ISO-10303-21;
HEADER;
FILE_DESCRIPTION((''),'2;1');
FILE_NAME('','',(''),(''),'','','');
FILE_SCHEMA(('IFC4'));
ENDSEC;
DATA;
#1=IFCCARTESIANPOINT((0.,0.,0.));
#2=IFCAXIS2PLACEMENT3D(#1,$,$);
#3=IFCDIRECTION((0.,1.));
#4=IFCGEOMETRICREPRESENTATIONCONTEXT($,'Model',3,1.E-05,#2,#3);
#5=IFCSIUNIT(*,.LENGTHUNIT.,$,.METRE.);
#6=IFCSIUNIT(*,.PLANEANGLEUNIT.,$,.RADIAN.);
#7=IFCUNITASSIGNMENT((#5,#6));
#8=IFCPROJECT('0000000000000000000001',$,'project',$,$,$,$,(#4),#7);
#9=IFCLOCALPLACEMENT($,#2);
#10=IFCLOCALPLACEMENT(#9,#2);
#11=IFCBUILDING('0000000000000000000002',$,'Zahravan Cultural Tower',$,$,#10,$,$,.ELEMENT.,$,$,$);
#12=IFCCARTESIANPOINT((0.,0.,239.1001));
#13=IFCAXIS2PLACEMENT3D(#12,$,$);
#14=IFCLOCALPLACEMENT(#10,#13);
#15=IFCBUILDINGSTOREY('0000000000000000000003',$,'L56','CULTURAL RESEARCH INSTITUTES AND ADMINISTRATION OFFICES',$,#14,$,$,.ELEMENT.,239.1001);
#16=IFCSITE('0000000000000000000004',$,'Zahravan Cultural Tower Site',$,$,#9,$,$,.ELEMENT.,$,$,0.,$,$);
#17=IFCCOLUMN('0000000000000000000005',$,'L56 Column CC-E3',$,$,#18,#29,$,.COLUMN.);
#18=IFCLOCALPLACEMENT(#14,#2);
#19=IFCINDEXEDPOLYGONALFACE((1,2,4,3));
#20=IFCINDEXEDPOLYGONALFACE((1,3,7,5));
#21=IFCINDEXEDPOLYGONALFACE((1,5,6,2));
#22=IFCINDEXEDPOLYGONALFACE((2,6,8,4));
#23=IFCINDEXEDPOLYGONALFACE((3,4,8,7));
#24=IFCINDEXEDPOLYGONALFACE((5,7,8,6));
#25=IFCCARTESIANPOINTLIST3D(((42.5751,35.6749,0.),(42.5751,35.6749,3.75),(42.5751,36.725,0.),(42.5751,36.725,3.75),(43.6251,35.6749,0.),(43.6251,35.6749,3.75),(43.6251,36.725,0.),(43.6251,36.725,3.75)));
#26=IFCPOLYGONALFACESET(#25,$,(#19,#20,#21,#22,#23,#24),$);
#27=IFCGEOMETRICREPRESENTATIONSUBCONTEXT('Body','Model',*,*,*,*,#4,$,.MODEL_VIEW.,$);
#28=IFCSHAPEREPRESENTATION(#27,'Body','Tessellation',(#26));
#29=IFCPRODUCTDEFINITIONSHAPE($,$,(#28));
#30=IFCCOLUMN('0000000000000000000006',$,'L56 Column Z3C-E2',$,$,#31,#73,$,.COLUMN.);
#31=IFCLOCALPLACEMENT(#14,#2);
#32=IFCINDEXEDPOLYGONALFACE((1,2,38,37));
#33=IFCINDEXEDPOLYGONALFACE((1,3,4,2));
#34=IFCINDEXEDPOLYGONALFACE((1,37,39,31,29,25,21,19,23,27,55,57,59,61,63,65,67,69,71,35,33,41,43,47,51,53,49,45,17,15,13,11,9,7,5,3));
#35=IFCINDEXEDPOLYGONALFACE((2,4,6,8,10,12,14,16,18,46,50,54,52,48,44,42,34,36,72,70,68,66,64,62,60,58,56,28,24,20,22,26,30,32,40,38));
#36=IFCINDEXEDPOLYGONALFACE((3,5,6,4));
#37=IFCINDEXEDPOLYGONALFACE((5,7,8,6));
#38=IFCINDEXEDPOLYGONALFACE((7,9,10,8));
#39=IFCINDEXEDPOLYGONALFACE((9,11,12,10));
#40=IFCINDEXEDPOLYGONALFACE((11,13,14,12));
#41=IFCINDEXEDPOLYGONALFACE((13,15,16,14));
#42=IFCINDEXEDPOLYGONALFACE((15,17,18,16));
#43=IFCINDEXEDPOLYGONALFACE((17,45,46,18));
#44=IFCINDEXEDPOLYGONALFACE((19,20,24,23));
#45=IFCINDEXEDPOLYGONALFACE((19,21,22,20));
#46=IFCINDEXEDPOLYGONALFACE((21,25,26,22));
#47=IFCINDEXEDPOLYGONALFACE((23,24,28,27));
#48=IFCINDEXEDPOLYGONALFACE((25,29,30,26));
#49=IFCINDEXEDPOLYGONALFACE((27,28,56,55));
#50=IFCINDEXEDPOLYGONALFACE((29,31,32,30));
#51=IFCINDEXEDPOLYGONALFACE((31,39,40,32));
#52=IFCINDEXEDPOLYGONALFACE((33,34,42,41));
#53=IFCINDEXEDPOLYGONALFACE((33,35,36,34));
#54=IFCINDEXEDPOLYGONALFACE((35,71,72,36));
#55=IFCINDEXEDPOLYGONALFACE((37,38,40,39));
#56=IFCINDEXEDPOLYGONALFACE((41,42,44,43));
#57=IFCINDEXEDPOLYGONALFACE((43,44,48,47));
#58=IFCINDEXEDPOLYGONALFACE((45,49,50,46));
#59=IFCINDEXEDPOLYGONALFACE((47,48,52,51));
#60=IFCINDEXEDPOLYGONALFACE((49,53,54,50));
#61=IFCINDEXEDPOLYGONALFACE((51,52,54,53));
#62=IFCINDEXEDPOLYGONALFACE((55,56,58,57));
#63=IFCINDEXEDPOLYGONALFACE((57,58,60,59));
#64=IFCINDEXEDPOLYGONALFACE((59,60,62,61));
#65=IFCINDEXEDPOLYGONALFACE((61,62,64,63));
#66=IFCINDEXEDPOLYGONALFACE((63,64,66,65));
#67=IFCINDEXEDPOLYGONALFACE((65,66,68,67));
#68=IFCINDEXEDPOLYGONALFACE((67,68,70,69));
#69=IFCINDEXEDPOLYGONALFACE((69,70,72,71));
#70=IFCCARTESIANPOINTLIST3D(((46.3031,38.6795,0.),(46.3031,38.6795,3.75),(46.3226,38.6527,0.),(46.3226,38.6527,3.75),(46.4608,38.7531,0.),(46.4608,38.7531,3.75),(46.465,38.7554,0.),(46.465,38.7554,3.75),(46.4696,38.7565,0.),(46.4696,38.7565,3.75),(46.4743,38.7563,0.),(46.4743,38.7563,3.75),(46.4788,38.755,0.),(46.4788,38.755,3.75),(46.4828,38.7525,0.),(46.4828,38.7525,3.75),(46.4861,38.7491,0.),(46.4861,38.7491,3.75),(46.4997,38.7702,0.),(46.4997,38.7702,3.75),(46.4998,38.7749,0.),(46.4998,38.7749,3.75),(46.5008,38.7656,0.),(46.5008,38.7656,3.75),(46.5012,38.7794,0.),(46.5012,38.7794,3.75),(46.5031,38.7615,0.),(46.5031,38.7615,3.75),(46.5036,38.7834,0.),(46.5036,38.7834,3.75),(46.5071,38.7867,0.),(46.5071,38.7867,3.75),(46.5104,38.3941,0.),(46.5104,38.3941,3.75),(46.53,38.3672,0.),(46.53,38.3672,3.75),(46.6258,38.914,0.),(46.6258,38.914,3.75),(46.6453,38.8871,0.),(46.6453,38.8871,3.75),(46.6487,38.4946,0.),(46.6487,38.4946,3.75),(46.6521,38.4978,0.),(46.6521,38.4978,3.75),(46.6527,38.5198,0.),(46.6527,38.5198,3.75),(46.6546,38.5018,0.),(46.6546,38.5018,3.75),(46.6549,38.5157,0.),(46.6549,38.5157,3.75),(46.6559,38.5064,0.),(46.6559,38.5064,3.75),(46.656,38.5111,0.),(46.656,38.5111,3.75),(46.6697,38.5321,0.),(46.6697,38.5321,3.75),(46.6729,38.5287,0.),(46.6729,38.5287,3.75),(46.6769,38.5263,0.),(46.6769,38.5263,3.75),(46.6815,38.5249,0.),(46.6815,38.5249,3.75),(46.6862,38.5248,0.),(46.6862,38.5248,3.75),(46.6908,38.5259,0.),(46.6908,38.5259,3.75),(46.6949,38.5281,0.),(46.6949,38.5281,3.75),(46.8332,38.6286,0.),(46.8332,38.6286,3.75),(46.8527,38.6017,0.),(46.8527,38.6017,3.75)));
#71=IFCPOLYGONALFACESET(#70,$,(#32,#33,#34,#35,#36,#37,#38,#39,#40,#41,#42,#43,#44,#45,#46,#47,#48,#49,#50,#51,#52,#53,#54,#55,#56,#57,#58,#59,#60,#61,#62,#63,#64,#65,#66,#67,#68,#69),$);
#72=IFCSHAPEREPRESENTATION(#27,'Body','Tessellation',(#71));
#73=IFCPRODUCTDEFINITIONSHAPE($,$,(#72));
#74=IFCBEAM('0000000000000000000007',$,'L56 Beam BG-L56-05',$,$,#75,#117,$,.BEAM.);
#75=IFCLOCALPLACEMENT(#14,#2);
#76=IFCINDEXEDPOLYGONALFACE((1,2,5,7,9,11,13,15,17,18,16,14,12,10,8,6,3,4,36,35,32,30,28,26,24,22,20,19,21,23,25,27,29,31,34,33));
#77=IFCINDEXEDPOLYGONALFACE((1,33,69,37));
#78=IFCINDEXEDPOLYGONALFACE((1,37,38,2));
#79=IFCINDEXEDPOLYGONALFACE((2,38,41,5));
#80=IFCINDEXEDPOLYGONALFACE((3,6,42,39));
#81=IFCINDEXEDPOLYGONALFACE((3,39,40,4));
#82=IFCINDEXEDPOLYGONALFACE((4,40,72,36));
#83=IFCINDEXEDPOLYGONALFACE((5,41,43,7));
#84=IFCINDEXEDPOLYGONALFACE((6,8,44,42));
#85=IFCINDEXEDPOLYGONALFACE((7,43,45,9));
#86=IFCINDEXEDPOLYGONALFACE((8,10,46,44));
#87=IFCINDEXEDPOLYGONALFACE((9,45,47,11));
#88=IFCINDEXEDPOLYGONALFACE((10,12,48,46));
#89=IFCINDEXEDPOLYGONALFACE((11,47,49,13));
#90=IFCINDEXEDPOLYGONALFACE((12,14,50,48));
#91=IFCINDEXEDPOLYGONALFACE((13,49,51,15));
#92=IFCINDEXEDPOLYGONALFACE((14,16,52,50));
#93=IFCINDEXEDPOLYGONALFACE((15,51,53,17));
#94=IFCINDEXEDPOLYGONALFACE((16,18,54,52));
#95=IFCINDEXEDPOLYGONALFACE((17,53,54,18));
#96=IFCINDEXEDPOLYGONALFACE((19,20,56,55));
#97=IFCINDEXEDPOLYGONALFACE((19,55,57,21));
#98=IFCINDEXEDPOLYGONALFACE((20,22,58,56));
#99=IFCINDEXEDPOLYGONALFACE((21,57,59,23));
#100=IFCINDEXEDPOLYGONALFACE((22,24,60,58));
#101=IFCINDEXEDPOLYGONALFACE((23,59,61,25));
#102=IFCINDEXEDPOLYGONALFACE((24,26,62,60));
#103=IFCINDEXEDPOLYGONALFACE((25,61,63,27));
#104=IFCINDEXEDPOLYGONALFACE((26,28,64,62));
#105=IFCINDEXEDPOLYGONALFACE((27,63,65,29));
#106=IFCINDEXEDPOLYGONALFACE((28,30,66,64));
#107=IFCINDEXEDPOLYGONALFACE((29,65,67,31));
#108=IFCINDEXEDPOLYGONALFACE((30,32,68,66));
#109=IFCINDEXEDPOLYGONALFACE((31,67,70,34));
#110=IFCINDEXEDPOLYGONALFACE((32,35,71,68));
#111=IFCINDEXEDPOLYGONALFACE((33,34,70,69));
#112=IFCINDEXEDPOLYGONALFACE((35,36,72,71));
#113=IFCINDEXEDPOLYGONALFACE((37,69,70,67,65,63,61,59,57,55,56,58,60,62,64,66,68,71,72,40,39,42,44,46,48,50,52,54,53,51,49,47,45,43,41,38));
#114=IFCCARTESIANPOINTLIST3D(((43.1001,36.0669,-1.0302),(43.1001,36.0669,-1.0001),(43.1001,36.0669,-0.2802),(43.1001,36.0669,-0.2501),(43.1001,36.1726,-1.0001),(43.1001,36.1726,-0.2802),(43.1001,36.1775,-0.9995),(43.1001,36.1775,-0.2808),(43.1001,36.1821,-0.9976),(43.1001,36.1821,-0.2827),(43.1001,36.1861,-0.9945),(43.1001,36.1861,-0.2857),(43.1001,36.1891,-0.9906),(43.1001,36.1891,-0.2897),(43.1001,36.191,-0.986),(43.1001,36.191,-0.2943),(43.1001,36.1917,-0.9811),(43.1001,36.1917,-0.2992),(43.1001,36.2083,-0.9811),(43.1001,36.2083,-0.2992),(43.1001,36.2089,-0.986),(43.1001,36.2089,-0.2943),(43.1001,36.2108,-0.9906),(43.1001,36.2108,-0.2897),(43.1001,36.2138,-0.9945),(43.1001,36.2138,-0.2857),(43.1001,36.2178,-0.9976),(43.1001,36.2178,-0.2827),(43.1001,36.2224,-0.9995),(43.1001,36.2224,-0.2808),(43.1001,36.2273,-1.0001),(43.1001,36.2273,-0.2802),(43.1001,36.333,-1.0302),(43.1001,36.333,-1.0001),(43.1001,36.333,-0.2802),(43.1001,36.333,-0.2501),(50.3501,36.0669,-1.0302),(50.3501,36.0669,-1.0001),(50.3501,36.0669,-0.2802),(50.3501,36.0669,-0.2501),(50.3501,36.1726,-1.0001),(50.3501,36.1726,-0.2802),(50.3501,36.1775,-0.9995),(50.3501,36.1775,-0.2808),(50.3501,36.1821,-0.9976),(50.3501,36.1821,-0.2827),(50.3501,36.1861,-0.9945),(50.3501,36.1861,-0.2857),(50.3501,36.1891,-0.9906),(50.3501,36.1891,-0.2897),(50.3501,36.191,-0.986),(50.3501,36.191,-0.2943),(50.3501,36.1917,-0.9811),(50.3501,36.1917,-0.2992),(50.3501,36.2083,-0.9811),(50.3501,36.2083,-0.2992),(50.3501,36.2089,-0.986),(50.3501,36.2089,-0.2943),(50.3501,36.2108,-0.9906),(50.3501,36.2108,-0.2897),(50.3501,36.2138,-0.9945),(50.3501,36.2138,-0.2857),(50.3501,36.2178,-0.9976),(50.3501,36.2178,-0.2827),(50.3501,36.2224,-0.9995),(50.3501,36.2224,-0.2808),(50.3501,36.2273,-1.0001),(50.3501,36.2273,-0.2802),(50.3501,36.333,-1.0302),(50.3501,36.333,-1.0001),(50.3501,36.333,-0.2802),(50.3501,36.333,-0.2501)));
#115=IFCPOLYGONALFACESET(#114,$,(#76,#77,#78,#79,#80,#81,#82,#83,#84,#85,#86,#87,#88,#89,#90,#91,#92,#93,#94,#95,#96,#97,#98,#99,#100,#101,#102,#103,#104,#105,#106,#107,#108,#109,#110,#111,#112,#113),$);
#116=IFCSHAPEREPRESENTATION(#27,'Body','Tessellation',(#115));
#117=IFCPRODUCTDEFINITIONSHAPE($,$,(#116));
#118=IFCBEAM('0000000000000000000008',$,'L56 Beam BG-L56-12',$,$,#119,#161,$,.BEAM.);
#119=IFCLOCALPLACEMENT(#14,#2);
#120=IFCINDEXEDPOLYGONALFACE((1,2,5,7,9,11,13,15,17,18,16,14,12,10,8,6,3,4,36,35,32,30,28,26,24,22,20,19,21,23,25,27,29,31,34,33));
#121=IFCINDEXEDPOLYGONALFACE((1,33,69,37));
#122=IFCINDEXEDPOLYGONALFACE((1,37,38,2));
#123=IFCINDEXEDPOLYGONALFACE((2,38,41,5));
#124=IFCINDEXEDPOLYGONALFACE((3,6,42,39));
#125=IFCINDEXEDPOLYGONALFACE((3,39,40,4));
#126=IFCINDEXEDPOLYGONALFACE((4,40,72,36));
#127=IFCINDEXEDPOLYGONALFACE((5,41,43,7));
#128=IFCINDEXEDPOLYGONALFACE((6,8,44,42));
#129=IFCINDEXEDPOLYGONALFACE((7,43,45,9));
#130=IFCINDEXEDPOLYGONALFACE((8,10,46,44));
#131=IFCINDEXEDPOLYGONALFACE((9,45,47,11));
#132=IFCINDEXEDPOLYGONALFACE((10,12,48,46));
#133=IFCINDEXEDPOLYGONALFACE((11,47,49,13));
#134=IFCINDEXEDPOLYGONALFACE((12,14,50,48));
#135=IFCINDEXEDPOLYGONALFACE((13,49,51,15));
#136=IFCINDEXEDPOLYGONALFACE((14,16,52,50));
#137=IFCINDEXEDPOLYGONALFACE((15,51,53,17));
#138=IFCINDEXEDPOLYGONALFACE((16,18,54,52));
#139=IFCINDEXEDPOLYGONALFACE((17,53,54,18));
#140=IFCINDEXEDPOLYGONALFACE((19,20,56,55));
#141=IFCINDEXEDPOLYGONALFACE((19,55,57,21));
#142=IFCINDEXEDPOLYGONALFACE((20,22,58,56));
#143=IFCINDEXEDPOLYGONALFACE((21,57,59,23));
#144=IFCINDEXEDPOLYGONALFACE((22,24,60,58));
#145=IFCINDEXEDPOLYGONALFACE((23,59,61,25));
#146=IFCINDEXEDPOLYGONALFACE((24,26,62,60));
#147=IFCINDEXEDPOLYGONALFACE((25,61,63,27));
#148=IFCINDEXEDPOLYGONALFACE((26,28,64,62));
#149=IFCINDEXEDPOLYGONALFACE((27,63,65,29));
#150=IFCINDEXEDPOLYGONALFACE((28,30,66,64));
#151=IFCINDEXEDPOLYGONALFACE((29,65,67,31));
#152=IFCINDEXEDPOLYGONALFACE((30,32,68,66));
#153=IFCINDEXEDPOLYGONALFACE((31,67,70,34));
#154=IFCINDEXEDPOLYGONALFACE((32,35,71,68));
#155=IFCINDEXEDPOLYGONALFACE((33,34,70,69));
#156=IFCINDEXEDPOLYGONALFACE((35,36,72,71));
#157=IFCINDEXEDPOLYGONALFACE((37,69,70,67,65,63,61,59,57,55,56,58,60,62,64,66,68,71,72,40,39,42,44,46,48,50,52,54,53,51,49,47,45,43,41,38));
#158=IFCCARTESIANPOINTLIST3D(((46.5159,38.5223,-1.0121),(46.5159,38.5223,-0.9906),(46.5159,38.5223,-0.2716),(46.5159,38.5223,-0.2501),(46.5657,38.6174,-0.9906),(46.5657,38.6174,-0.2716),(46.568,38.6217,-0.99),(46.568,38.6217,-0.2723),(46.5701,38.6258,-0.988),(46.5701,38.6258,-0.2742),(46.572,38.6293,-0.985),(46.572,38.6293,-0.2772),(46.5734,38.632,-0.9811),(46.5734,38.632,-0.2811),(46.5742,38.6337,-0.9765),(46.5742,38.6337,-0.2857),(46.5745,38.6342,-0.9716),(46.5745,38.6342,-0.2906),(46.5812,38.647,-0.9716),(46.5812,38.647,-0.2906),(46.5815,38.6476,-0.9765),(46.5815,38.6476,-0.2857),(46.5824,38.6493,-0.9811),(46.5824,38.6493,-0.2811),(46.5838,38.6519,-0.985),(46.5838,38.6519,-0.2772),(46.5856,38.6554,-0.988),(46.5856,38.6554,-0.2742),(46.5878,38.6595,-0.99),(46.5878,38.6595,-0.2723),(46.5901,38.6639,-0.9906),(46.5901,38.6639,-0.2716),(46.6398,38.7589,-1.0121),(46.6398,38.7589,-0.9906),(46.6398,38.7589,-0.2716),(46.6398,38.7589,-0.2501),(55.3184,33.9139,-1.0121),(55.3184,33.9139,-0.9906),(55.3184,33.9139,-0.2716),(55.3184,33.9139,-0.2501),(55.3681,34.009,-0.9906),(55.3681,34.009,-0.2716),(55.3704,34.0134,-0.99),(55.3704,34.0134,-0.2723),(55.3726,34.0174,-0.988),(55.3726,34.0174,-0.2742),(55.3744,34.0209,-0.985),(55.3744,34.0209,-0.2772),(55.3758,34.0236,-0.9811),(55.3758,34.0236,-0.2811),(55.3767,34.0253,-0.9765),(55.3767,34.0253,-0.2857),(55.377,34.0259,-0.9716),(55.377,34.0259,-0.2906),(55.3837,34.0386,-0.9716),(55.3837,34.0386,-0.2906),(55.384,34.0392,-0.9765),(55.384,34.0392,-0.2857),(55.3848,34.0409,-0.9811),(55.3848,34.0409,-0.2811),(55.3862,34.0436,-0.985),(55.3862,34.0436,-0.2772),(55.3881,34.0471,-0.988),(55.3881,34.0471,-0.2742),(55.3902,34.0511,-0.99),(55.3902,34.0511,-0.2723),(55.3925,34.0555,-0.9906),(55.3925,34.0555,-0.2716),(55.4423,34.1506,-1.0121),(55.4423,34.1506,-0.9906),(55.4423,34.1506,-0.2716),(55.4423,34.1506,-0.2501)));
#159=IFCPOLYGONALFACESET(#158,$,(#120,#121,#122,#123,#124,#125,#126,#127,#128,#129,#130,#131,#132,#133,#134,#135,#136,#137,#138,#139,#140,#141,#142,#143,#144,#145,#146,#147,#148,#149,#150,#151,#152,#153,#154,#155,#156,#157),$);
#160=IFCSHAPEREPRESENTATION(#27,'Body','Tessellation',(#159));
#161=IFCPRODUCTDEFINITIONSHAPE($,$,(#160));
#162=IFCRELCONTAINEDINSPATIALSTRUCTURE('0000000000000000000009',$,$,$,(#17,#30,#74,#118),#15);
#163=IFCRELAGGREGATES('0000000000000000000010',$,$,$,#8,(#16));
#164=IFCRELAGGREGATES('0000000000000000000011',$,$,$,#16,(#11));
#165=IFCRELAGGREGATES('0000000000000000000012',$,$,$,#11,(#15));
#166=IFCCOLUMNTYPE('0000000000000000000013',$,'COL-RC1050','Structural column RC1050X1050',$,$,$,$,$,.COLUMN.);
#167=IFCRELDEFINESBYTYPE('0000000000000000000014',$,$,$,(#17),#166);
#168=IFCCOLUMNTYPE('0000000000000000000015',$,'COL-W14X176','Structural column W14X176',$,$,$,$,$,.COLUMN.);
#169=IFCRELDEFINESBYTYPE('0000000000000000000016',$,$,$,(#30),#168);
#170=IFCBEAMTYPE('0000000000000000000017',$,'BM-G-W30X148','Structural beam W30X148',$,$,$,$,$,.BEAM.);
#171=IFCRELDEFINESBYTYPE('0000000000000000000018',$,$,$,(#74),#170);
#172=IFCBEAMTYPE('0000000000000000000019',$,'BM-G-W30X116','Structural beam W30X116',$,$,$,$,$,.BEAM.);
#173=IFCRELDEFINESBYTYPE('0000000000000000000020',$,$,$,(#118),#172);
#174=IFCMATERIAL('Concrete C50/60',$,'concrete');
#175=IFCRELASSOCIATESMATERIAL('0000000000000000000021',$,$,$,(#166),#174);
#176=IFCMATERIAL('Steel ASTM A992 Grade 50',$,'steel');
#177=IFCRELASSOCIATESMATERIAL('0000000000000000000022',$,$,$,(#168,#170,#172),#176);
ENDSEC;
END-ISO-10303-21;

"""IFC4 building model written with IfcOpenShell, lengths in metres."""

from ifc_helpers import new_model, si_unit, direction, frame, origin, origin_2d, place, context, subcontext, project, spatial, rectangle, i_section, extrude, source, transform, mapped, material, material_profile, profile_set, type_object, element, save


model = new_model("IFC4")

# Units and contexts
model_context = context("Model", 3, precision=1e-05, world=origin(), true_north=direction((0.0, 1.0)))
body_context = subcontext(model_context, "Body", "Model", "MODEL_VIEW")
ifc_project = project(units=[si_unit("LENGTHUNIT", "METRE"), si_unit("PLANEANGLEUNIT", "RADIAN")], contexts=[model_context])

# Site, building, storey
site_placement = place(None, origin())
site = spatial("IfcSite", under=ifc_project, at=site_placement, Name="Zahravan Cultural Tower Site", CompositionType="ELEMENT", RefElevation=0.0)
building_placement = place(site_placement, origin())
building = spatial("IfcBuilding", under=site, at=building_placement, Name="Zahravan Cultural Tower", CompositionType="ELEMENT")
storey_placement = place(building_placement, frame((0.0, 0.0, 239.1001)))
storey = spatial("IfcBuildingStorey", under=building, at=storey_placement, Name="L56", Description="CULTURAL RESEARCH INSTITUTES AND ADMINISTRATION OFFICES", CompositionType="ELEMENT", Elevation=239.1001)

# Columns
ifc_material_1 = material(Name="Concrete C50/60", Category="concrete")
ifc_material_profile_1 = material_profile(ifc_material_1, rectangle(XDim=1.05, YDim=1.05, at=origin_2d()), Name="RC1050X1050")
ifc_profile_set_1 = profile_set([ifc_material_profile_1], Name="Concrete C50/60")
column_type_1 = type_object("IfcColumnType", Name="COL-RC1050", Description="Structural column RC1050X1050", PredefinedType="COLUMN", material=ifc_profile_set_1)
shared_shape_1 = source(origin(), body_context, "Body", "SweptSolid", [
    extrude(rectangle(XDim=1.05, YDim=1.05, at=origin_2d()), origin(), (0.0, 0.0, 1.0), 3.75),
])
column_1_placement = place(storey_placement, frame((43.1001, 36.2, 0.0), z_axis=(0.0, 0.0, 1.0), x_axis=(1.0, 0.0, 0.0)))
element("IfcColumn", 1, at=column_1_placement, inside=storey, type_object=column_type_1, Name="L56 Column CC-E3", PredefinedType="COLUMN", context=body_context, shape_type="MappedRepresentation", body=[
    mapped(shared_shape_1, transform((0.0, 0.0, 0.0), x_axis=(1.0, 0.0, 0.0), y_axis=(0.0, 1.0, 0.0), z_axis=(0.0, 0.0, 1.0), scale=1.0)),
])
ifc_material_2 = material(Name="Steel ASTM A992 Grade 50", Category="steel")
ifc_material_profile_2 = material_profile(ifc_material_2, i_section(OverallWidth=0.3989, OverallDepth=0.386, WebThickness=0.021, FlangeThickness=0.0332, FilletRadius=0.0181, at=origin_2d()), Name="W14X176")
ifc_profile_set_2 = profile_set([ifc_material_profile_2], Name="Steel ASTM A992 Grade 50")
column_type_2 = type_object("IfcColumnType", Name="COL-W14X176", Description="Structural column W14X176", PredefinedType="COLUMN", material=ifc_profile_set_2)
shared_shape_2 = source(origin(), body_context, "Body", "SweptSolid", [
    extrude(i_section(OverallWidth=0.3989, OverallDepth=0.386, WebThickness=0.021, FlangeThickness=0.0332, FilletRadius=0.0181, at=origin_2d()), origin(), (0.0, 0.0, 1.0), 3.75),
])
column_2_placement = place(storey_placement, frame((46.5779, 38.6406, 0.0), z_axis=(0.0, 0.0, 1.0), x_axis=(0.809017, 0.587785, 0.0)))
element("IfcColumn", 2, at=column_2_placement, inside=storey, type_object=column_type_2, Name="L56 Column Z3C-E2", PredefinedType="COLUMN", context=body_context, shape_type="MappedRepresentation", body=[
    mapped(shared_shape_2, transform((0.0, 0.0, 0.0), x_axis=(1.0, 0.0, 0.0), y_axis=(0.0, 1.0, 0.0), z_axis=(0.0, 0.0, 1.0), scale=1.0)),
])

# Beams
ifc_material_profile_3 = material_profile(ifc_material_2, i_section(OverallWidth=0.2661, OverallDepth=0.78, WebThickness=0.0166, FlangeThickness=0.03, FilletRadius=0.019, at=origin_2d()), Name="W30X148")
ifc_profile_set_3 = profile_set([ifc_material_profile_3], Name="Steel ASTM A992 Grade 50")
beam_type_1 = type_object("IfcBeamType", Name="BM-G-W30X148", Description="Structural beam W30X148", PredefinedType="BEAM", material=ifc_profile_set_3)
shared_shape_3 = source(origin(), body_context, "Body", "SweptSolid", [
    extrude(i_section(OverallWidth=0.2661, OverallDepth=0.78, WebThickness=0.0166, FlangeThickness=0.03, FilletRadius=0.019, at=origin_2d()), origin(), (0.0, 0.0, 1.0), 7.25),
])
beam_1_placement = place(storey_placement, frame((43.1001, 36.2, -0.6401), z_axis=(1.0, 0.0, 0.0), x_axis=(0.0, 1.0, 0.0)))
element("IfcBeam", 3, at=beam_1_placement, inside=storey, type_object=beam_type_1, Name="L56 Beam BG-L56-05", PredefinedType="BEAM", context=body_context, shape_type="MappedRepresentation", body=[
    mapped(shared_shape_3, transform((0.0, 0.0, 0.0), x_axis=(1.0, 0.0, 0.0), y_axis=(0.0, 1.0, 0.0), z_axis=(0.0, 0.0, 1.0), scale=1.0)),
])
ifc_material_profile_4 = material_profile(ifc_material_2, i_section(OverallWidth=0.2671, OverallDepth=0.762, WebThickness=0.0144, FlangeThickness=0.0215, FilletRadius=0.019, at=origin_2d()), Name="W30X116")
ifc_profile_set_4 = profile_set([ifc_material_profile_4], Name="Steel ASTM A992 Grade 50")
beam_type_2 = type_object("IfcBeamType", Name="BM-G-W30X116", Description="Structural beam W30X116", PredefinedType="BEAM", material=ifc_profile_set_4)
shared_shape_4 = source(origin(), body_context, "Body", "SweptSolid", [
    extrude(i_section(OverallWidth=0.2671, OverallDepth=0.762, WebThickness=0.0144, FlangeThickness=0.0215, FilletRadius=0.019, at=origin_2d()), origin(), (0.0, 0.0, 1.0), 9.9358),
])
beam_2_placement = place(storey_placement, frame((46.5779, 38.6406, -0.6311), z_axis=(0.885932, -0.463815, 0.0), x_axis=(0.463815, 0.885932, 0.0)))
element("IfcBeam", 4, at=beam_2_placement, inside=storey, type_object=beam_type_2, Name="L56 Beam BG-L56-12", PredefinedType="BEAM", context=body_context, shape_type="MappedRepresentation", body=[
    mapped(shared_shape_4, transform((0.0, 0.0, 0.0), x_axis=(1.0, 0.0, 0.0), y_axis=(0.0, 1.0, 0.0), z_axis=(0.0, 0.0, 1.0), scale=1.0)),
])

save(model, "model.ifc")
